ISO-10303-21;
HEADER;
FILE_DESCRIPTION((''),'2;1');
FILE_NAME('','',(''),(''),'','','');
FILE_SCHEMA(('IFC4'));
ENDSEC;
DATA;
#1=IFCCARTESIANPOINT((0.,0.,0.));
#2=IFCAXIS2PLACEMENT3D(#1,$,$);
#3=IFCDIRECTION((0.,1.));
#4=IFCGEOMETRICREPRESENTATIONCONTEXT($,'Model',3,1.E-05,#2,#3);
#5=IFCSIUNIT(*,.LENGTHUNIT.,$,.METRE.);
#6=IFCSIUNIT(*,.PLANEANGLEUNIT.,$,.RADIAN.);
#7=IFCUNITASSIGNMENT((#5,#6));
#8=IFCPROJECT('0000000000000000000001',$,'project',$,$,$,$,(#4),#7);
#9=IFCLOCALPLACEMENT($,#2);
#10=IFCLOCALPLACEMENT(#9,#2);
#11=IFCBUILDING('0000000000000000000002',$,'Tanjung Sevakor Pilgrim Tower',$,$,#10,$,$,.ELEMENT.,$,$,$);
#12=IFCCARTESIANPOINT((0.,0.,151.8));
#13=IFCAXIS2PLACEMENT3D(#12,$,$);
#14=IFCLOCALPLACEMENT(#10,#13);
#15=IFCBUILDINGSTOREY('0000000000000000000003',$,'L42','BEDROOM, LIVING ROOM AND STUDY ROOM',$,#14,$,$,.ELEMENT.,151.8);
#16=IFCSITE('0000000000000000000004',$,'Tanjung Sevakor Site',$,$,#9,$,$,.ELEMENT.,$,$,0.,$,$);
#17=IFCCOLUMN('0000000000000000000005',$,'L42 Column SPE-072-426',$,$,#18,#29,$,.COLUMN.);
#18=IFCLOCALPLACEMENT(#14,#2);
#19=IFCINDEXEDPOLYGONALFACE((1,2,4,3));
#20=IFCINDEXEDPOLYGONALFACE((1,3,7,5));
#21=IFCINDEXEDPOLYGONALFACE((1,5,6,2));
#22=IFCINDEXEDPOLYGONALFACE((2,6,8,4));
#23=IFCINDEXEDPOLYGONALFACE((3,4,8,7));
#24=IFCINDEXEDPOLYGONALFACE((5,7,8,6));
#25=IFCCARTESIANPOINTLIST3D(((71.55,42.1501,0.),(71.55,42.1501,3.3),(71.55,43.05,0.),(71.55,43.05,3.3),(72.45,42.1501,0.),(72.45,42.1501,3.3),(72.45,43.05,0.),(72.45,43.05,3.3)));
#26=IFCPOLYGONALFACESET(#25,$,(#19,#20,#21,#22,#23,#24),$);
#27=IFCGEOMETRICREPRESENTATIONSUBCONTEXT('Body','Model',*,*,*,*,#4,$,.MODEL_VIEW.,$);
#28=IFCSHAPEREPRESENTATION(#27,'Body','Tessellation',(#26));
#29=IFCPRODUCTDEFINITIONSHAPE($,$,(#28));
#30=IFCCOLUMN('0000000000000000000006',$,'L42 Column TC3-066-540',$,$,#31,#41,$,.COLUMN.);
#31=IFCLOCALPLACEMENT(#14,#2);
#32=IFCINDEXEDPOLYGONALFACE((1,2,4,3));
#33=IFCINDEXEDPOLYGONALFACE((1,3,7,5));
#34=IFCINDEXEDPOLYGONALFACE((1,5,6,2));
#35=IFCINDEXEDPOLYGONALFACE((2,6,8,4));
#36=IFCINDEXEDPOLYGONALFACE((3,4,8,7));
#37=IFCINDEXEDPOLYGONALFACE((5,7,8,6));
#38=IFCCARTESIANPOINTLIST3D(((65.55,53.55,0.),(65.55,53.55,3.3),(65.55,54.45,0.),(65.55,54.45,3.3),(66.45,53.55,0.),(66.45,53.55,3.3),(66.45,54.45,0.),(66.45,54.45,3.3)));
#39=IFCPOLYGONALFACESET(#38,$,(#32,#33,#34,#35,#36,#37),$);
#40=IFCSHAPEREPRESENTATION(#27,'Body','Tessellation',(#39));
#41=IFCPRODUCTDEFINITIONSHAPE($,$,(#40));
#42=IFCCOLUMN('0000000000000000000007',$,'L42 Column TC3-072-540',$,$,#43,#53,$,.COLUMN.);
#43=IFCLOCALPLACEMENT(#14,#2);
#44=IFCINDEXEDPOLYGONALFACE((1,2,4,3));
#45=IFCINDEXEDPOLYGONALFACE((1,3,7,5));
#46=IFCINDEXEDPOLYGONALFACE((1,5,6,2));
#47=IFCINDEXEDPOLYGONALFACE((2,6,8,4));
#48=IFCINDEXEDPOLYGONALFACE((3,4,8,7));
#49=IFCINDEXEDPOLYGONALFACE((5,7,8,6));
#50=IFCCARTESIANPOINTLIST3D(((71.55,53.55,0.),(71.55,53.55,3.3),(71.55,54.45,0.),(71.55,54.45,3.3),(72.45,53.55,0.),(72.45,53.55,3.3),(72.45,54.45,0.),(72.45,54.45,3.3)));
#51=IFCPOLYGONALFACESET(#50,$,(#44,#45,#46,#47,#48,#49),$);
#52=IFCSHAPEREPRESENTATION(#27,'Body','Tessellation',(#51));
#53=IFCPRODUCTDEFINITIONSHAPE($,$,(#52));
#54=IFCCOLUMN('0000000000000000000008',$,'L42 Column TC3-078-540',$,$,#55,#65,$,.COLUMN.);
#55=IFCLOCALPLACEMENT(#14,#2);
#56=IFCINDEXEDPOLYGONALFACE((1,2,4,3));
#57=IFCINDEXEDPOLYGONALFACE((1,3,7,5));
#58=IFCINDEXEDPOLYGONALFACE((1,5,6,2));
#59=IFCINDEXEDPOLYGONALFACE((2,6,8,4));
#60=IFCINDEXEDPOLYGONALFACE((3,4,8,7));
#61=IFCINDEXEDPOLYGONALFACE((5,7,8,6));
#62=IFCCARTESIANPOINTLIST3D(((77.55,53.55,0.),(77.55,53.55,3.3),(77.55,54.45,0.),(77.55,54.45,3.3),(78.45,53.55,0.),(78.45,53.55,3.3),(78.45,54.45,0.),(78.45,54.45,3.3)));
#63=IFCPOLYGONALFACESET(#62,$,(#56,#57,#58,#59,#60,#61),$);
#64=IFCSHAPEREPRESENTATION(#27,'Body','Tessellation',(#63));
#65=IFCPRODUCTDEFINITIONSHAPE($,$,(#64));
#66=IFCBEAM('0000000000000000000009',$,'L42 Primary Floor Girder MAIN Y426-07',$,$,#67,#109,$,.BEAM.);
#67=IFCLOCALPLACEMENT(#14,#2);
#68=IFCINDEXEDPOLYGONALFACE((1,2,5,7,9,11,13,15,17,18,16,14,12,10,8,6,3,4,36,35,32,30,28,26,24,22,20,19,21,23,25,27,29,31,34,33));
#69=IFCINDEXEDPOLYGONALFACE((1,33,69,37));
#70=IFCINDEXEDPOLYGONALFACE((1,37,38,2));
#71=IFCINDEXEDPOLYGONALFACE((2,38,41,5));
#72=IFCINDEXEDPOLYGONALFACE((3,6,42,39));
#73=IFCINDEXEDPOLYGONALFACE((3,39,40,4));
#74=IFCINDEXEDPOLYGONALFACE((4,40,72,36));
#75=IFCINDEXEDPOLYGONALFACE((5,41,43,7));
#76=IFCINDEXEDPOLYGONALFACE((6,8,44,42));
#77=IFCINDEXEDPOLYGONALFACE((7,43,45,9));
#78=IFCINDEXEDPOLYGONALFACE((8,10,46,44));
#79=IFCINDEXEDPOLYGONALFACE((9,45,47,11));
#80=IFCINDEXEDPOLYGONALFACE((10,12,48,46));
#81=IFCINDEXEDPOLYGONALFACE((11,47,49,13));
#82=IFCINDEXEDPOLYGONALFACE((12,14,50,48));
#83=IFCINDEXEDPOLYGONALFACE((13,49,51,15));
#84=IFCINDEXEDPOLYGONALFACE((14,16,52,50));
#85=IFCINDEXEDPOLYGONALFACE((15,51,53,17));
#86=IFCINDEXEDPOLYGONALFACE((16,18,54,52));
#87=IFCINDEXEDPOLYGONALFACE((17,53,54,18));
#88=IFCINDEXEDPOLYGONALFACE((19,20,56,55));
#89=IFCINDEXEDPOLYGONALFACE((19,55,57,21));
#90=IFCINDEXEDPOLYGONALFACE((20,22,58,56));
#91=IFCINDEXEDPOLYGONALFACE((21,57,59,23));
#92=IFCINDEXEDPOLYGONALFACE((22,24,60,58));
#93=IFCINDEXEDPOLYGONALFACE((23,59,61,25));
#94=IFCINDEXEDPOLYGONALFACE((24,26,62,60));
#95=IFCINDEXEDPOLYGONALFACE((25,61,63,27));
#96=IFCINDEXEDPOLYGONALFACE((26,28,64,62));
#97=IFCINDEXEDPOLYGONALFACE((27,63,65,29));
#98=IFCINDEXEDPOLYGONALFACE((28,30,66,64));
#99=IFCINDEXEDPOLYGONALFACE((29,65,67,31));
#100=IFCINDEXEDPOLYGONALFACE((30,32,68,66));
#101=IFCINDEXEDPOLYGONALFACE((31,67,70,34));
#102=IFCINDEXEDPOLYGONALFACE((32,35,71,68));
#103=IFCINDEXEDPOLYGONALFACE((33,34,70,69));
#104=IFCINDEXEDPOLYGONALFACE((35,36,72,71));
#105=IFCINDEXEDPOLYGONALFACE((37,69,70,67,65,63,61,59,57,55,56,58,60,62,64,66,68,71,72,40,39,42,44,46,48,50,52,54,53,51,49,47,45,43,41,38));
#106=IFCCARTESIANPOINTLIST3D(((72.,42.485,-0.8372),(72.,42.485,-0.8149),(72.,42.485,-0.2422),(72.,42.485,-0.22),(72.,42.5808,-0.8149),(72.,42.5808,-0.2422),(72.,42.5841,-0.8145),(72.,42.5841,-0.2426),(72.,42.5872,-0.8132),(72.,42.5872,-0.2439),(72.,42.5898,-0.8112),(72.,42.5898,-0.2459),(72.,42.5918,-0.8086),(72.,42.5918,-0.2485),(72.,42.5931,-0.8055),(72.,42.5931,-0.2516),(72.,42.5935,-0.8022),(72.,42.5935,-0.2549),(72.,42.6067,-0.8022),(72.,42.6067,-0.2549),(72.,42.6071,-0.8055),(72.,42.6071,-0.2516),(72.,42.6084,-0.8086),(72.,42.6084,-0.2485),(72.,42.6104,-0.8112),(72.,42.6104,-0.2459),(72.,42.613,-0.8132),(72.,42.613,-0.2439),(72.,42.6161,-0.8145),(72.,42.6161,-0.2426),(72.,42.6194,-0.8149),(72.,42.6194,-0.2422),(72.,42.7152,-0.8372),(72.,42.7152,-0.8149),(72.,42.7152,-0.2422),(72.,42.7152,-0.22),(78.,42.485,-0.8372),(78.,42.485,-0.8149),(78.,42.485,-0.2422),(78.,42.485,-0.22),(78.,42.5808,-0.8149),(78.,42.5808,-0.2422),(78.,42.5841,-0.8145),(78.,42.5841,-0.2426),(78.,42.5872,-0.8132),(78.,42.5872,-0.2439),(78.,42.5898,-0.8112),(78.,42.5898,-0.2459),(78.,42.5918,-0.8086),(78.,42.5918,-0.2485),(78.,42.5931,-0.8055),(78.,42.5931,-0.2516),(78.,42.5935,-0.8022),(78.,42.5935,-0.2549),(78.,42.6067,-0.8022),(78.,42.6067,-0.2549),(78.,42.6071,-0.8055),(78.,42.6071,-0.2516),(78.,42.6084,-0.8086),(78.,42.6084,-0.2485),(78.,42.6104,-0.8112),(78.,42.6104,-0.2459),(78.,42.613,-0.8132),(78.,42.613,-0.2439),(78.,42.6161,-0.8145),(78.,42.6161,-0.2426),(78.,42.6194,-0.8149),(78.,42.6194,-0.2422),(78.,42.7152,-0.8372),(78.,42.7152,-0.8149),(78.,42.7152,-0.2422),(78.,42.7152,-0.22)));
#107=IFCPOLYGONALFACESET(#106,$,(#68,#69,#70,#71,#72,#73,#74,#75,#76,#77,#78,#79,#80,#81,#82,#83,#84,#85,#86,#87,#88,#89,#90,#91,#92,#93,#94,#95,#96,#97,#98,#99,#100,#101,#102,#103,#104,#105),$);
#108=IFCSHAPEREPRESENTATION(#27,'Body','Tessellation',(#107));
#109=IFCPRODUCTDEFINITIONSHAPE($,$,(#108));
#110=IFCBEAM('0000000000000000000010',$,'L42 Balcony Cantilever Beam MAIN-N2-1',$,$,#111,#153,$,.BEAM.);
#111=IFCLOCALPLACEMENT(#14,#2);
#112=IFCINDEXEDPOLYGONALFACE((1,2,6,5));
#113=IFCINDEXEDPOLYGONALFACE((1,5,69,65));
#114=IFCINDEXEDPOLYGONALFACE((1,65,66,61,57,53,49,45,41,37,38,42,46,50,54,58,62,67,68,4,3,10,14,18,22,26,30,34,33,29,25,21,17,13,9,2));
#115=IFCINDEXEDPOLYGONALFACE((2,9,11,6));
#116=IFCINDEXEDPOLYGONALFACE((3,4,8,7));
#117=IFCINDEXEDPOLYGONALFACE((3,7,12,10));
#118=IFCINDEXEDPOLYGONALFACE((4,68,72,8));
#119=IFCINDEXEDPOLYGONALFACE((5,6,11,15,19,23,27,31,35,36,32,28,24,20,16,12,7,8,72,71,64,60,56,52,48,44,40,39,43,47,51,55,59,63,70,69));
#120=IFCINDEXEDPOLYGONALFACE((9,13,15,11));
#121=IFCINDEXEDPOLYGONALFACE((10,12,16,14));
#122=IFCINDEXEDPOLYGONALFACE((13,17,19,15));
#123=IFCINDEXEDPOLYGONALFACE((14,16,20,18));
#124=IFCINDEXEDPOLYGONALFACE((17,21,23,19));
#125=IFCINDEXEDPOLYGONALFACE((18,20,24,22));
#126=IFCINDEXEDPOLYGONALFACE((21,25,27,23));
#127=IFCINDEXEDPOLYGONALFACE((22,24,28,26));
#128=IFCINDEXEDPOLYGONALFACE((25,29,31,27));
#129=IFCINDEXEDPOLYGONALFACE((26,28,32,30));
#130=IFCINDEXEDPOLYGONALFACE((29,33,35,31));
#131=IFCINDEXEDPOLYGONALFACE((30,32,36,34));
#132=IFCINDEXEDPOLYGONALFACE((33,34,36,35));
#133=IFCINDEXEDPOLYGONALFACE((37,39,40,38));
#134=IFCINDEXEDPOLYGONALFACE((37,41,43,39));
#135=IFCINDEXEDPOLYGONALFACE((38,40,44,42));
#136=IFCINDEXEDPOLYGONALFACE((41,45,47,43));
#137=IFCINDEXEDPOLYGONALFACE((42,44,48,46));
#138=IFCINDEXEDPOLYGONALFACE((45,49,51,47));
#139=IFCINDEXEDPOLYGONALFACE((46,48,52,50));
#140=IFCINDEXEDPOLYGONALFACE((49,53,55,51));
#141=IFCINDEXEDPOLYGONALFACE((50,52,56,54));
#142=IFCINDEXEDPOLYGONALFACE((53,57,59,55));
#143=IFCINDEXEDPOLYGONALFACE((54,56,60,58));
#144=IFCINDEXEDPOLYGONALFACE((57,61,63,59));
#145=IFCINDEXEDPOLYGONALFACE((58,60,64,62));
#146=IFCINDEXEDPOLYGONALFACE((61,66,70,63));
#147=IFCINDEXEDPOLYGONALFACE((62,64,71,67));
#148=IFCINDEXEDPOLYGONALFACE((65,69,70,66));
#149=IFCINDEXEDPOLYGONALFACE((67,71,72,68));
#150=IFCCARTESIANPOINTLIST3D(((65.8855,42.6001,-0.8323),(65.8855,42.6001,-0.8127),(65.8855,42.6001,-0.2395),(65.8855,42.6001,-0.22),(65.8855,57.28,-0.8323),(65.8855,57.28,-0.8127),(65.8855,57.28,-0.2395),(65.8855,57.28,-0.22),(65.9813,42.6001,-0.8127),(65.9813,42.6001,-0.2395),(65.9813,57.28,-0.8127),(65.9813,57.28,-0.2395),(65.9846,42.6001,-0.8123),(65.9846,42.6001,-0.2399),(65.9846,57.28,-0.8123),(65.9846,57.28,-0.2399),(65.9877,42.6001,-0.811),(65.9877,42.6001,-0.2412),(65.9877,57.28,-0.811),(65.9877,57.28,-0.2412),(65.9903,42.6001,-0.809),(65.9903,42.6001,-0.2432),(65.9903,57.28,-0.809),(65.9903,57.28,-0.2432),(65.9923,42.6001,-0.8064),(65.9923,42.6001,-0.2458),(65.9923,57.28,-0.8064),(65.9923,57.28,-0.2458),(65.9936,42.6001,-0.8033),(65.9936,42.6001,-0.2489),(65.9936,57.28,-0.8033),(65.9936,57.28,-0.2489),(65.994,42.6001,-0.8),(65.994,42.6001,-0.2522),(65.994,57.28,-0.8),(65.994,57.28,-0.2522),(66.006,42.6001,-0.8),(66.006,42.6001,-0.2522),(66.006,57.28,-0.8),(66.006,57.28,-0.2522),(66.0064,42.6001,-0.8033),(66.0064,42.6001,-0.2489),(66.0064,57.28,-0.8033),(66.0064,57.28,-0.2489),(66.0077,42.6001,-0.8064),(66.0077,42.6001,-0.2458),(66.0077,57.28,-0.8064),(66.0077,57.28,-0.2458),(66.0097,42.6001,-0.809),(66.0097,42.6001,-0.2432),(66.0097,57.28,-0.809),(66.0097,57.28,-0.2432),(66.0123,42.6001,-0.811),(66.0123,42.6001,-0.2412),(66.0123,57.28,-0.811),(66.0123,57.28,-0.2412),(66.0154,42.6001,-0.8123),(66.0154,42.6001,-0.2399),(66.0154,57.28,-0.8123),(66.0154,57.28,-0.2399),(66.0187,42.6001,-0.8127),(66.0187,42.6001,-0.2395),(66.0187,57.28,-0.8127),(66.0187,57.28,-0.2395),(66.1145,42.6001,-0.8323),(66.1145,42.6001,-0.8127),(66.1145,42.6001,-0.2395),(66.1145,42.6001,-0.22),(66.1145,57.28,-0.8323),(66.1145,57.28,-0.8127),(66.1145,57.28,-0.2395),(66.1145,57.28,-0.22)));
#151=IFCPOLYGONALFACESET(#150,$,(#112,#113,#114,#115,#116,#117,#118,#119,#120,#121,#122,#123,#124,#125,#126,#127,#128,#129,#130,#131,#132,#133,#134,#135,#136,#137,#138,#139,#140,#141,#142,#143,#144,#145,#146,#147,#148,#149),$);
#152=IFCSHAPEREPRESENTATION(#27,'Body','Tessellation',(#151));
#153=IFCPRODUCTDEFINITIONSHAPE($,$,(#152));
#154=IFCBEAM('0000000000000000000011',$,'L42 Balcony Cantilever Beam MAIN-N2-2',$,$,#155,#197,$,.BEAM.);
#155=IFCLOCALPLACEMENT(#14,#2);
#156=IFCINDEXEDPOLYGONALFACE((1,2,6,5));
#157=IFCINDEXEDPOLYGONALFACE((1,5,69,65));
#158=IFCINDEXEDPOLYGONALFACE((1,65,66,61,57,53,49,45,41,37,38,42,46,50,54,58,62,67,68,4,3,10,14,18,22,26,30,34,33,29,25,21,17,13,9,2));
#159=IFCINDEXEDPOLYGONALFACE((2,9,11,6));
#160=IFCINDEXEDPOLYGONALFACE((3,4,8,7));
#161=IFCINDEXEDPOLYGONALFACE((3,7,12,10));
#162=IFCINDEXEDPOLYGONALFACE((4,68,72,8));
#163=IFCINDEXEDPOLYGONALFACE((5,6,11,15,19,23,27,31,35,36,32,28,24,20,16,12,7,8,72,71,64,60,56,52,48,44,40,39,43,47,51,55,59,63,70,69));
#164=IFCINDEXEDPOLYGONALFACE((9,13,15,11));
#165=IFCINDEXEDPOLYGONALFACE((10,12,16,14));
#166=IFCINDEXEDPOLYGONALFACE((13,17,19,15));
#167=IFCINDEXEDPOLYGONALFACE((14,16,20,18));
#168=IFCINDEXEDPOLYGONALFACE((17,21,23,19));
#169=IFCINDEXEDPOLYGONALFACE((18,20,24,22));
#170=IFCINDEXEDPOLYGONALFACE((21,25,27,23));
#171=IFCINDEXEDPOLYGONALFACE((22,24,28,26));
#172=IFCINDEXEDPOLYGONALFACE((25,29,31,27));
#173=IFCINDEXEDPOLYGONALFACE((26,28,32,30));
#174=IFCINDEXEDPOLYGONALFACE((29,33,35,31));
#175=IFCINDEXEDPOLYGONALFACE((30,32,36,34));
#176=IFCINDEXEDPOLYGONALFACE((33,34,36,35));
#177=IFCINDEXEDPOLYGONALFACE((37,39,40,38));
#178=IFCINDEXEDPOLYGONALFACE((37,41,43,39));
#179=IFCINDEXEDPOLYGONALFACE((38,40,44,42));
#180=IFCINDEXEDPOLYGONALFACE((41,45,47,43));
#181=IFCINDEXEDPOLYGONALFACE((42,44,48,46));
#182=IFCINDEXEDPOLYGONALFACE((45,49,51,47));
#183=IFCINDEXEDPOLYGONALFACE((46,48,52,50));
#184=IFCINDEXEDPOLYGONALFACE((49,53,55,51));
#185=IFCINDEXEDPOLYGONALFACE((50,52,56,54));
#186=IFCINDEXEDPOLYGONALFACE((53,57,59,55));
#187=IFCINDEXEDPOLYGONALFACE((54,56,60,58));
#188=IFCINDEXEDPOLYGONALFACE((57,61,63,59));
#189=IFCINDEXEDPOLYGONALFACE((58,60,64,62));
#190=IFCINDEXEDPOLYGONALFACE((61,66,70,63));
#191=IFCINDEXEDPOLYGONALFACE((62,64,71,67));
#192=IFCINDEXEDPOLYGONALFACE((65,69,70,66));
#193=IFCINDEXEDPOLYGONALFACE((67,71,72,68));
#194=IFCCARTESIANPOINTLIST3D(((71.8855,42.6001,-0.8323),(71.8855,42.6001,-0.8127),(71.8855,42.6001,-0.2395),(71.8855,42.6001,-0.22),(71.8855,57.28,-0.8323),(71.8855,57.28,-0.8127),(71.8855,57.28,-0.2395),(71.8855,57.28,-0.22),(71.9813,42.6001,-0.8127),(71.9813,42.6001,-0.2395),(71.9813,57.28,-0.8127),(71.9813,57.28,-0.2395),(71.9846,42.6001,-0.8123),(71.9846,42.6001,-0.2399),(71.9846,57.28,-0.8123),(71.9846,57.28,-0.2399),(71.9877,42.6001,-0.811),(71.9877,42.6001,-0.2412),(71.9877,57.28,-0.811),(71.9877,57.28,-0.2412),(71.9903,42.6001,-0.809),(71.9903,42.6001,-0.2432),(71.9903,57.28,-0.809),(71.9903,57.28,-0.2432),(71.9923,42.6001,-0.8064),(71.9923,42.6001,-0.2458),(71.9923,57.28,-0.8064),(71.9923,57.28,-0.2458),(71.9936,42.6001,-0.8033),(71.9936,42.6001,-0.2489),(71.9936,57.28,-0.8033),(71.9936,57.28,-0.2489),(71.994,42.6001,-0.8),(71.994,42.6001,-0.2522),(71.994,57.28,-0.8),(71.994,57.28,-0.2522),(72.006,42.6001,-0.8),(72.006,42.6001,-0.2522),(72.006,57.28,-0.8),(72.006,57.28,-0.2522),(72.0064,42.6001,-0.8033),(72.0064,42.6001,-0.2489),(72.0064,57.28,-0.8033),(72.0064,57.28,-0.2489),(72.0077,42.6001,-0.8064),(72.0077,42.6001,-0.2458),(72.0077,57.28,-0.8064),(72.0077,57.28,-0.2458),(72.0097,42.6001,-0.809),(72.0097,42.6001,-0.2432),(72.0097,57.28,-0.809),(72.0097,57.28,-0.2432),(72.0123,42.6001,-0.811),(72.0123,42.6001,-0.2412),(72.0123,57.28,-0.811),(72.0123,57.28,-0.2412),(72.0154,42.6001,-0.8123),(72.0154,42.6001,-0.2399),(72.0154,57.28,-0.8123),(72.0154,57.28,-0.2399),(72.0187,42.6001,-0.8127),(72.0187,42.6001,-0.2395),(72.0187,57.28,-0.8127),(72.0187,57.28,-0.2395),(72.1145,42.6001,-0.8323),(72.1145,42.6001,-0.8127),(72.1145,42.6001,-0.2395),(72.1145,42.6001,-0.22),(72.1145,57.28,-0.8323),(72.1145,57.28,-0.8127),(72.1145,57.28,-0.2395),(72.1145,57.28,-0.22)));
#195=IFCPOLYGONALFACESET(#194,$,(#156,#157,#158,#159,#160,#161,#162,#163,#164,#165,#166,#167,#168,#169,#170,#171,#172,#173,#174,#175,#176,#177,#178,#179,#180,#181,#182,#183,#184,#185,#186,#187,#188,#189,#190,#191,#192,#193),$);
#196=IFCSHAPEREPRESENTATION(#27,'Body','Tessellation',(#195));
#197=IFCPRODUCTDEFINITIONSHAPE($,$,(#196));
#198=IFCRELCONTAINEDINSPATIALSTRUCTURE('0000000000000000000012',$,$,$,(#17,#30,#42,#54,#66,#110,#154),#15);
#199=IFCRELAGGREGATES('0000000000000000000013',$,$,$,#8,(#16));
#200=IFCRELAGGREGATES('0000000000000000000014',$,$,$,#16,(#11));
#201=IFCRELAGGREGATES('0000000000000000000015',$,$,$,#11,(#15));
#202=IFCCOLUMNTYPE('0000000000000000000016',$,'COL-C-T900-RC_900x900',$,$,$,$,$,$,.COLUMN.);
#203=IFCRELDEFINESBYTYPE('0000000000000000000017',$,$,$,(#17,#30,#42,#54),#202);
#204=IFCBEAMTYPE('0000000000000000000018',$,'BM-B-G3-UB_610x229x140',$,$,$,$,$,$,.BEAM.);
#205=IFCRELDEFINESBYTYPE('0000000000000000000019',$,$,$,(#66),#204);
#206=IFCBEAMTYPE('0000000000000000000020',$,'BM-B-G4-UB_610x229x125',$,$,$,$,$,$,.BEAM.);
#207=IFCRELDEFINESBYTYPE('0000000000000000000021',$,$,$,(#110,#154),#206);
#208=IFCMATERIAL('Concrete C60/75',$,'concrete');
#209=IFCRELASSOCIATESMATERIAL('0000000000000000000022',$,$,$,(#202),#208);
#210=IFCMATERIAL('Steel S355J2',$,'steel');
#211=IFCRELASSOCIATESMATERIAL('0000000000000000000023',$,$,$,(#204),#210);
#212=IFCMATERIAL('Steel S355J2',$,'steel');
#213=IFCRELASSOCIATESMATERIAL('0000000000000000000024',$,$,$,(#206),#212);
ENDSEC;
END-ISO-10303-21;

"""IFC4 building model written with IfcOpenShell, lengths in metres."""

from ifc_helpers import new_model, si_unit, direction, frame, origin, origin_2d, place, context, subcontext, project, spatial, rectangle, i_section, extrude, material, material_profile, profile_set, type_object, element, save


model = new_model("IFC4")

# Units and contexts
model_context = context("Model", 3, precision=1e-05, world=origin(), true_north=direction((0.0, 1.0)))
body_context = subcontext(model_context, "Body", "Model", "MODEL_VIEW")
ifc_project = project(units=[si_unit("LENGTHUNIT", "METRE"), si_unit("PLANEANGLEUNIT", "RADIAN")], contexts=[model_context])

# Site, building, storey
site_placement = place(None, origin())
site = spatial("IfcSite", under=ifc_project, at=site_placement, Name="Tanjung Sevakor Site", CompositionType="ELEMENT", RefElevation=0.0)
building_placement = place(site_placement, origin())
building = spatial("IfcBuilding", under=site, at=building_placement, Name="Tanjung Sevakor Pilgrim Tower", CompositionType="ELEMENT")
storey_placement = place(building_placement, frame((0.0, 0.0, 151.8)))
storey = spatial("IfcBuildingStorey", under=building, at=storey_placement, Name="L42", Description="BEDROOM, LIVING ROOM AND STUDY ROOM", CompositionType="ELEMENT", Elevation=151.8)

# Columns
ifc_material_1 = material(Name="Concrete C60/75", Category="concrete")
ifc_material_profile_1 = material_profile(ifc_material_1, rectangle(XDim=0.8999, YDim=0.8999, at=origin_2d()))
ifc_profile_set_1 = profile_set([ifc_material_profile_1], Name="Concrete C60/75")
column_type = type_object("IfcColumnType", Name="COL-C-T900-RC_900x900", PredefinedType="COLUMN", material=ifc_profile_set_1)
for number, where, z_axis, x_axis, name in (
    (1, (72.0, 42.6001, 0.0), (0.0, 0.0, 1.0), (1.0, 0.0, 0.0), "L42 Column SPE-072-426"),
    (2, (66.0, 54.0, 0.0), (0.0, 0.0, 1.0), (1.0, 0.0, 0.0), "L42 Column TC3-066-540"),
    (3, (72.0, 54.0, 0.0), (0.0, 0.0, 1.0), (1.0, 0.0, 0.0), "L42 Column TC3-072-540"),
    (4, (78.0, 54.0, 0.0), (0.0, 0.0, 1.0), (1.0, 0.0, 0.0), "L42 Column TC3-078-540"),
):
    element("IfcColumn", number, at=place(storey_placement, frame(where, z_axis=z_axis, x_axis=x_axis)), inside=storey, type_object=column_type, Name=name, PredefinedType="COLUMN", context=body_context, shape_type="SweptSolid", body=[
        extrude(rectangle(XDim=0.8999, YDim=0.8999, at=origin_2d()), origin(), (0.0, 0.0, 1.0), 3.3),
    ])

# Beams
ifc_material_2 = material(Name="Steel S355J2", Category="steel")
ifc_material_profile_2 = material_profile(ifc_material_2, i_section(OverallWidth=0.2302, OverallDepth=0.6172, WebThickness=0.0132, FlangeThickness=0.0222, FilletRadius=0.0127, at=origin_2d()))
ifc_profile_set_2 = profile_set([ifc_material_profile_2], Name="Steel S355J2")
beam_type_1 = type_object("IfcBeamType", Name="BM-B-G3-UB_610x229x140", PredefinedType="BEAM", material=ifc_profile_set_2)
beam_1_placement = place(storey_placement, frame((72.0, 42.6001, -0.5286), z_axis=(1.0, 0.0, 0.0), x_axis=(0.0, 1.0, 0.0)))
element("IfcBeam", 5, at=beam_1_placement, inside=storey, type_object=beam_type_1, Name="L42 Primary Floor Girder MAIN Y426-07", PredefinedType="BEAM", context=body_context, shape_type="SweptSolid", body=[
    extrude(i_section(OverallWidth=0.2302, OverallDepth=0.6172, WebThickness=0.0132, FlangeThickness=0.0222, FilletRadius=0.0127, at=origin_2d()), origin(), (0.0, 0.0, 1.0), 6.0),
])
ifc_material_3 = material(Name="Steel S355J2", Category="steel")
ifc_material_profile_3 = material_profile(ifc_material_3, i_section(OverallWidth=0.229, OverallDepth=0.6123, WebThickness=0.012, FlangeThickness=0.0195, FilletRadius=0.0127, at=origin_2d()))
ifc_profile_set_3 = profile_set([ifc_material_profile_3], Name="Steel S355J2")
beam_type_2 = type_object("IfcBeamType", Name="BM-B-G4-UB_610x229x125", PredefinedType="BEAM", material=ifc_profile_set_3)
for number, where, z_axis, x_axis, name in (
    (6, (66.0, 42.6001, -0.5261), (0.0, 1.0, 0.0), (-1.0, 0.0, 0.0), "L42 Balcony Cantilever Beam MAIN-N2-1"),
    (7, (72.0, 42.6001, -0.5261), (0.0, 1.0, 0.0), (-1.0, 0.0, 0.0), "L42 Balcony Cantilever Beam MAIN-N2-2"),
):
    element("IfcBeam", number, at=place(storey_placement, frame(where, z_axis=z_axis, x_axis=x_axis)), inside=storey, type_object=beam_type_2, Name=name, PredefinedType="BEAM", context=body_context, shape_type="SweptSolid", body=[
        extrude(i_section(OverallWidth=0.229, OverallDepth=0.6123, WebThickness=0.012, FlangeThickness=0.0195, FilletRadius=0.0127, at=origin_2d()), origin(), (0.0, 0.0, 1.0), 14.6799),
    ])

save(model, "model.ifc")
